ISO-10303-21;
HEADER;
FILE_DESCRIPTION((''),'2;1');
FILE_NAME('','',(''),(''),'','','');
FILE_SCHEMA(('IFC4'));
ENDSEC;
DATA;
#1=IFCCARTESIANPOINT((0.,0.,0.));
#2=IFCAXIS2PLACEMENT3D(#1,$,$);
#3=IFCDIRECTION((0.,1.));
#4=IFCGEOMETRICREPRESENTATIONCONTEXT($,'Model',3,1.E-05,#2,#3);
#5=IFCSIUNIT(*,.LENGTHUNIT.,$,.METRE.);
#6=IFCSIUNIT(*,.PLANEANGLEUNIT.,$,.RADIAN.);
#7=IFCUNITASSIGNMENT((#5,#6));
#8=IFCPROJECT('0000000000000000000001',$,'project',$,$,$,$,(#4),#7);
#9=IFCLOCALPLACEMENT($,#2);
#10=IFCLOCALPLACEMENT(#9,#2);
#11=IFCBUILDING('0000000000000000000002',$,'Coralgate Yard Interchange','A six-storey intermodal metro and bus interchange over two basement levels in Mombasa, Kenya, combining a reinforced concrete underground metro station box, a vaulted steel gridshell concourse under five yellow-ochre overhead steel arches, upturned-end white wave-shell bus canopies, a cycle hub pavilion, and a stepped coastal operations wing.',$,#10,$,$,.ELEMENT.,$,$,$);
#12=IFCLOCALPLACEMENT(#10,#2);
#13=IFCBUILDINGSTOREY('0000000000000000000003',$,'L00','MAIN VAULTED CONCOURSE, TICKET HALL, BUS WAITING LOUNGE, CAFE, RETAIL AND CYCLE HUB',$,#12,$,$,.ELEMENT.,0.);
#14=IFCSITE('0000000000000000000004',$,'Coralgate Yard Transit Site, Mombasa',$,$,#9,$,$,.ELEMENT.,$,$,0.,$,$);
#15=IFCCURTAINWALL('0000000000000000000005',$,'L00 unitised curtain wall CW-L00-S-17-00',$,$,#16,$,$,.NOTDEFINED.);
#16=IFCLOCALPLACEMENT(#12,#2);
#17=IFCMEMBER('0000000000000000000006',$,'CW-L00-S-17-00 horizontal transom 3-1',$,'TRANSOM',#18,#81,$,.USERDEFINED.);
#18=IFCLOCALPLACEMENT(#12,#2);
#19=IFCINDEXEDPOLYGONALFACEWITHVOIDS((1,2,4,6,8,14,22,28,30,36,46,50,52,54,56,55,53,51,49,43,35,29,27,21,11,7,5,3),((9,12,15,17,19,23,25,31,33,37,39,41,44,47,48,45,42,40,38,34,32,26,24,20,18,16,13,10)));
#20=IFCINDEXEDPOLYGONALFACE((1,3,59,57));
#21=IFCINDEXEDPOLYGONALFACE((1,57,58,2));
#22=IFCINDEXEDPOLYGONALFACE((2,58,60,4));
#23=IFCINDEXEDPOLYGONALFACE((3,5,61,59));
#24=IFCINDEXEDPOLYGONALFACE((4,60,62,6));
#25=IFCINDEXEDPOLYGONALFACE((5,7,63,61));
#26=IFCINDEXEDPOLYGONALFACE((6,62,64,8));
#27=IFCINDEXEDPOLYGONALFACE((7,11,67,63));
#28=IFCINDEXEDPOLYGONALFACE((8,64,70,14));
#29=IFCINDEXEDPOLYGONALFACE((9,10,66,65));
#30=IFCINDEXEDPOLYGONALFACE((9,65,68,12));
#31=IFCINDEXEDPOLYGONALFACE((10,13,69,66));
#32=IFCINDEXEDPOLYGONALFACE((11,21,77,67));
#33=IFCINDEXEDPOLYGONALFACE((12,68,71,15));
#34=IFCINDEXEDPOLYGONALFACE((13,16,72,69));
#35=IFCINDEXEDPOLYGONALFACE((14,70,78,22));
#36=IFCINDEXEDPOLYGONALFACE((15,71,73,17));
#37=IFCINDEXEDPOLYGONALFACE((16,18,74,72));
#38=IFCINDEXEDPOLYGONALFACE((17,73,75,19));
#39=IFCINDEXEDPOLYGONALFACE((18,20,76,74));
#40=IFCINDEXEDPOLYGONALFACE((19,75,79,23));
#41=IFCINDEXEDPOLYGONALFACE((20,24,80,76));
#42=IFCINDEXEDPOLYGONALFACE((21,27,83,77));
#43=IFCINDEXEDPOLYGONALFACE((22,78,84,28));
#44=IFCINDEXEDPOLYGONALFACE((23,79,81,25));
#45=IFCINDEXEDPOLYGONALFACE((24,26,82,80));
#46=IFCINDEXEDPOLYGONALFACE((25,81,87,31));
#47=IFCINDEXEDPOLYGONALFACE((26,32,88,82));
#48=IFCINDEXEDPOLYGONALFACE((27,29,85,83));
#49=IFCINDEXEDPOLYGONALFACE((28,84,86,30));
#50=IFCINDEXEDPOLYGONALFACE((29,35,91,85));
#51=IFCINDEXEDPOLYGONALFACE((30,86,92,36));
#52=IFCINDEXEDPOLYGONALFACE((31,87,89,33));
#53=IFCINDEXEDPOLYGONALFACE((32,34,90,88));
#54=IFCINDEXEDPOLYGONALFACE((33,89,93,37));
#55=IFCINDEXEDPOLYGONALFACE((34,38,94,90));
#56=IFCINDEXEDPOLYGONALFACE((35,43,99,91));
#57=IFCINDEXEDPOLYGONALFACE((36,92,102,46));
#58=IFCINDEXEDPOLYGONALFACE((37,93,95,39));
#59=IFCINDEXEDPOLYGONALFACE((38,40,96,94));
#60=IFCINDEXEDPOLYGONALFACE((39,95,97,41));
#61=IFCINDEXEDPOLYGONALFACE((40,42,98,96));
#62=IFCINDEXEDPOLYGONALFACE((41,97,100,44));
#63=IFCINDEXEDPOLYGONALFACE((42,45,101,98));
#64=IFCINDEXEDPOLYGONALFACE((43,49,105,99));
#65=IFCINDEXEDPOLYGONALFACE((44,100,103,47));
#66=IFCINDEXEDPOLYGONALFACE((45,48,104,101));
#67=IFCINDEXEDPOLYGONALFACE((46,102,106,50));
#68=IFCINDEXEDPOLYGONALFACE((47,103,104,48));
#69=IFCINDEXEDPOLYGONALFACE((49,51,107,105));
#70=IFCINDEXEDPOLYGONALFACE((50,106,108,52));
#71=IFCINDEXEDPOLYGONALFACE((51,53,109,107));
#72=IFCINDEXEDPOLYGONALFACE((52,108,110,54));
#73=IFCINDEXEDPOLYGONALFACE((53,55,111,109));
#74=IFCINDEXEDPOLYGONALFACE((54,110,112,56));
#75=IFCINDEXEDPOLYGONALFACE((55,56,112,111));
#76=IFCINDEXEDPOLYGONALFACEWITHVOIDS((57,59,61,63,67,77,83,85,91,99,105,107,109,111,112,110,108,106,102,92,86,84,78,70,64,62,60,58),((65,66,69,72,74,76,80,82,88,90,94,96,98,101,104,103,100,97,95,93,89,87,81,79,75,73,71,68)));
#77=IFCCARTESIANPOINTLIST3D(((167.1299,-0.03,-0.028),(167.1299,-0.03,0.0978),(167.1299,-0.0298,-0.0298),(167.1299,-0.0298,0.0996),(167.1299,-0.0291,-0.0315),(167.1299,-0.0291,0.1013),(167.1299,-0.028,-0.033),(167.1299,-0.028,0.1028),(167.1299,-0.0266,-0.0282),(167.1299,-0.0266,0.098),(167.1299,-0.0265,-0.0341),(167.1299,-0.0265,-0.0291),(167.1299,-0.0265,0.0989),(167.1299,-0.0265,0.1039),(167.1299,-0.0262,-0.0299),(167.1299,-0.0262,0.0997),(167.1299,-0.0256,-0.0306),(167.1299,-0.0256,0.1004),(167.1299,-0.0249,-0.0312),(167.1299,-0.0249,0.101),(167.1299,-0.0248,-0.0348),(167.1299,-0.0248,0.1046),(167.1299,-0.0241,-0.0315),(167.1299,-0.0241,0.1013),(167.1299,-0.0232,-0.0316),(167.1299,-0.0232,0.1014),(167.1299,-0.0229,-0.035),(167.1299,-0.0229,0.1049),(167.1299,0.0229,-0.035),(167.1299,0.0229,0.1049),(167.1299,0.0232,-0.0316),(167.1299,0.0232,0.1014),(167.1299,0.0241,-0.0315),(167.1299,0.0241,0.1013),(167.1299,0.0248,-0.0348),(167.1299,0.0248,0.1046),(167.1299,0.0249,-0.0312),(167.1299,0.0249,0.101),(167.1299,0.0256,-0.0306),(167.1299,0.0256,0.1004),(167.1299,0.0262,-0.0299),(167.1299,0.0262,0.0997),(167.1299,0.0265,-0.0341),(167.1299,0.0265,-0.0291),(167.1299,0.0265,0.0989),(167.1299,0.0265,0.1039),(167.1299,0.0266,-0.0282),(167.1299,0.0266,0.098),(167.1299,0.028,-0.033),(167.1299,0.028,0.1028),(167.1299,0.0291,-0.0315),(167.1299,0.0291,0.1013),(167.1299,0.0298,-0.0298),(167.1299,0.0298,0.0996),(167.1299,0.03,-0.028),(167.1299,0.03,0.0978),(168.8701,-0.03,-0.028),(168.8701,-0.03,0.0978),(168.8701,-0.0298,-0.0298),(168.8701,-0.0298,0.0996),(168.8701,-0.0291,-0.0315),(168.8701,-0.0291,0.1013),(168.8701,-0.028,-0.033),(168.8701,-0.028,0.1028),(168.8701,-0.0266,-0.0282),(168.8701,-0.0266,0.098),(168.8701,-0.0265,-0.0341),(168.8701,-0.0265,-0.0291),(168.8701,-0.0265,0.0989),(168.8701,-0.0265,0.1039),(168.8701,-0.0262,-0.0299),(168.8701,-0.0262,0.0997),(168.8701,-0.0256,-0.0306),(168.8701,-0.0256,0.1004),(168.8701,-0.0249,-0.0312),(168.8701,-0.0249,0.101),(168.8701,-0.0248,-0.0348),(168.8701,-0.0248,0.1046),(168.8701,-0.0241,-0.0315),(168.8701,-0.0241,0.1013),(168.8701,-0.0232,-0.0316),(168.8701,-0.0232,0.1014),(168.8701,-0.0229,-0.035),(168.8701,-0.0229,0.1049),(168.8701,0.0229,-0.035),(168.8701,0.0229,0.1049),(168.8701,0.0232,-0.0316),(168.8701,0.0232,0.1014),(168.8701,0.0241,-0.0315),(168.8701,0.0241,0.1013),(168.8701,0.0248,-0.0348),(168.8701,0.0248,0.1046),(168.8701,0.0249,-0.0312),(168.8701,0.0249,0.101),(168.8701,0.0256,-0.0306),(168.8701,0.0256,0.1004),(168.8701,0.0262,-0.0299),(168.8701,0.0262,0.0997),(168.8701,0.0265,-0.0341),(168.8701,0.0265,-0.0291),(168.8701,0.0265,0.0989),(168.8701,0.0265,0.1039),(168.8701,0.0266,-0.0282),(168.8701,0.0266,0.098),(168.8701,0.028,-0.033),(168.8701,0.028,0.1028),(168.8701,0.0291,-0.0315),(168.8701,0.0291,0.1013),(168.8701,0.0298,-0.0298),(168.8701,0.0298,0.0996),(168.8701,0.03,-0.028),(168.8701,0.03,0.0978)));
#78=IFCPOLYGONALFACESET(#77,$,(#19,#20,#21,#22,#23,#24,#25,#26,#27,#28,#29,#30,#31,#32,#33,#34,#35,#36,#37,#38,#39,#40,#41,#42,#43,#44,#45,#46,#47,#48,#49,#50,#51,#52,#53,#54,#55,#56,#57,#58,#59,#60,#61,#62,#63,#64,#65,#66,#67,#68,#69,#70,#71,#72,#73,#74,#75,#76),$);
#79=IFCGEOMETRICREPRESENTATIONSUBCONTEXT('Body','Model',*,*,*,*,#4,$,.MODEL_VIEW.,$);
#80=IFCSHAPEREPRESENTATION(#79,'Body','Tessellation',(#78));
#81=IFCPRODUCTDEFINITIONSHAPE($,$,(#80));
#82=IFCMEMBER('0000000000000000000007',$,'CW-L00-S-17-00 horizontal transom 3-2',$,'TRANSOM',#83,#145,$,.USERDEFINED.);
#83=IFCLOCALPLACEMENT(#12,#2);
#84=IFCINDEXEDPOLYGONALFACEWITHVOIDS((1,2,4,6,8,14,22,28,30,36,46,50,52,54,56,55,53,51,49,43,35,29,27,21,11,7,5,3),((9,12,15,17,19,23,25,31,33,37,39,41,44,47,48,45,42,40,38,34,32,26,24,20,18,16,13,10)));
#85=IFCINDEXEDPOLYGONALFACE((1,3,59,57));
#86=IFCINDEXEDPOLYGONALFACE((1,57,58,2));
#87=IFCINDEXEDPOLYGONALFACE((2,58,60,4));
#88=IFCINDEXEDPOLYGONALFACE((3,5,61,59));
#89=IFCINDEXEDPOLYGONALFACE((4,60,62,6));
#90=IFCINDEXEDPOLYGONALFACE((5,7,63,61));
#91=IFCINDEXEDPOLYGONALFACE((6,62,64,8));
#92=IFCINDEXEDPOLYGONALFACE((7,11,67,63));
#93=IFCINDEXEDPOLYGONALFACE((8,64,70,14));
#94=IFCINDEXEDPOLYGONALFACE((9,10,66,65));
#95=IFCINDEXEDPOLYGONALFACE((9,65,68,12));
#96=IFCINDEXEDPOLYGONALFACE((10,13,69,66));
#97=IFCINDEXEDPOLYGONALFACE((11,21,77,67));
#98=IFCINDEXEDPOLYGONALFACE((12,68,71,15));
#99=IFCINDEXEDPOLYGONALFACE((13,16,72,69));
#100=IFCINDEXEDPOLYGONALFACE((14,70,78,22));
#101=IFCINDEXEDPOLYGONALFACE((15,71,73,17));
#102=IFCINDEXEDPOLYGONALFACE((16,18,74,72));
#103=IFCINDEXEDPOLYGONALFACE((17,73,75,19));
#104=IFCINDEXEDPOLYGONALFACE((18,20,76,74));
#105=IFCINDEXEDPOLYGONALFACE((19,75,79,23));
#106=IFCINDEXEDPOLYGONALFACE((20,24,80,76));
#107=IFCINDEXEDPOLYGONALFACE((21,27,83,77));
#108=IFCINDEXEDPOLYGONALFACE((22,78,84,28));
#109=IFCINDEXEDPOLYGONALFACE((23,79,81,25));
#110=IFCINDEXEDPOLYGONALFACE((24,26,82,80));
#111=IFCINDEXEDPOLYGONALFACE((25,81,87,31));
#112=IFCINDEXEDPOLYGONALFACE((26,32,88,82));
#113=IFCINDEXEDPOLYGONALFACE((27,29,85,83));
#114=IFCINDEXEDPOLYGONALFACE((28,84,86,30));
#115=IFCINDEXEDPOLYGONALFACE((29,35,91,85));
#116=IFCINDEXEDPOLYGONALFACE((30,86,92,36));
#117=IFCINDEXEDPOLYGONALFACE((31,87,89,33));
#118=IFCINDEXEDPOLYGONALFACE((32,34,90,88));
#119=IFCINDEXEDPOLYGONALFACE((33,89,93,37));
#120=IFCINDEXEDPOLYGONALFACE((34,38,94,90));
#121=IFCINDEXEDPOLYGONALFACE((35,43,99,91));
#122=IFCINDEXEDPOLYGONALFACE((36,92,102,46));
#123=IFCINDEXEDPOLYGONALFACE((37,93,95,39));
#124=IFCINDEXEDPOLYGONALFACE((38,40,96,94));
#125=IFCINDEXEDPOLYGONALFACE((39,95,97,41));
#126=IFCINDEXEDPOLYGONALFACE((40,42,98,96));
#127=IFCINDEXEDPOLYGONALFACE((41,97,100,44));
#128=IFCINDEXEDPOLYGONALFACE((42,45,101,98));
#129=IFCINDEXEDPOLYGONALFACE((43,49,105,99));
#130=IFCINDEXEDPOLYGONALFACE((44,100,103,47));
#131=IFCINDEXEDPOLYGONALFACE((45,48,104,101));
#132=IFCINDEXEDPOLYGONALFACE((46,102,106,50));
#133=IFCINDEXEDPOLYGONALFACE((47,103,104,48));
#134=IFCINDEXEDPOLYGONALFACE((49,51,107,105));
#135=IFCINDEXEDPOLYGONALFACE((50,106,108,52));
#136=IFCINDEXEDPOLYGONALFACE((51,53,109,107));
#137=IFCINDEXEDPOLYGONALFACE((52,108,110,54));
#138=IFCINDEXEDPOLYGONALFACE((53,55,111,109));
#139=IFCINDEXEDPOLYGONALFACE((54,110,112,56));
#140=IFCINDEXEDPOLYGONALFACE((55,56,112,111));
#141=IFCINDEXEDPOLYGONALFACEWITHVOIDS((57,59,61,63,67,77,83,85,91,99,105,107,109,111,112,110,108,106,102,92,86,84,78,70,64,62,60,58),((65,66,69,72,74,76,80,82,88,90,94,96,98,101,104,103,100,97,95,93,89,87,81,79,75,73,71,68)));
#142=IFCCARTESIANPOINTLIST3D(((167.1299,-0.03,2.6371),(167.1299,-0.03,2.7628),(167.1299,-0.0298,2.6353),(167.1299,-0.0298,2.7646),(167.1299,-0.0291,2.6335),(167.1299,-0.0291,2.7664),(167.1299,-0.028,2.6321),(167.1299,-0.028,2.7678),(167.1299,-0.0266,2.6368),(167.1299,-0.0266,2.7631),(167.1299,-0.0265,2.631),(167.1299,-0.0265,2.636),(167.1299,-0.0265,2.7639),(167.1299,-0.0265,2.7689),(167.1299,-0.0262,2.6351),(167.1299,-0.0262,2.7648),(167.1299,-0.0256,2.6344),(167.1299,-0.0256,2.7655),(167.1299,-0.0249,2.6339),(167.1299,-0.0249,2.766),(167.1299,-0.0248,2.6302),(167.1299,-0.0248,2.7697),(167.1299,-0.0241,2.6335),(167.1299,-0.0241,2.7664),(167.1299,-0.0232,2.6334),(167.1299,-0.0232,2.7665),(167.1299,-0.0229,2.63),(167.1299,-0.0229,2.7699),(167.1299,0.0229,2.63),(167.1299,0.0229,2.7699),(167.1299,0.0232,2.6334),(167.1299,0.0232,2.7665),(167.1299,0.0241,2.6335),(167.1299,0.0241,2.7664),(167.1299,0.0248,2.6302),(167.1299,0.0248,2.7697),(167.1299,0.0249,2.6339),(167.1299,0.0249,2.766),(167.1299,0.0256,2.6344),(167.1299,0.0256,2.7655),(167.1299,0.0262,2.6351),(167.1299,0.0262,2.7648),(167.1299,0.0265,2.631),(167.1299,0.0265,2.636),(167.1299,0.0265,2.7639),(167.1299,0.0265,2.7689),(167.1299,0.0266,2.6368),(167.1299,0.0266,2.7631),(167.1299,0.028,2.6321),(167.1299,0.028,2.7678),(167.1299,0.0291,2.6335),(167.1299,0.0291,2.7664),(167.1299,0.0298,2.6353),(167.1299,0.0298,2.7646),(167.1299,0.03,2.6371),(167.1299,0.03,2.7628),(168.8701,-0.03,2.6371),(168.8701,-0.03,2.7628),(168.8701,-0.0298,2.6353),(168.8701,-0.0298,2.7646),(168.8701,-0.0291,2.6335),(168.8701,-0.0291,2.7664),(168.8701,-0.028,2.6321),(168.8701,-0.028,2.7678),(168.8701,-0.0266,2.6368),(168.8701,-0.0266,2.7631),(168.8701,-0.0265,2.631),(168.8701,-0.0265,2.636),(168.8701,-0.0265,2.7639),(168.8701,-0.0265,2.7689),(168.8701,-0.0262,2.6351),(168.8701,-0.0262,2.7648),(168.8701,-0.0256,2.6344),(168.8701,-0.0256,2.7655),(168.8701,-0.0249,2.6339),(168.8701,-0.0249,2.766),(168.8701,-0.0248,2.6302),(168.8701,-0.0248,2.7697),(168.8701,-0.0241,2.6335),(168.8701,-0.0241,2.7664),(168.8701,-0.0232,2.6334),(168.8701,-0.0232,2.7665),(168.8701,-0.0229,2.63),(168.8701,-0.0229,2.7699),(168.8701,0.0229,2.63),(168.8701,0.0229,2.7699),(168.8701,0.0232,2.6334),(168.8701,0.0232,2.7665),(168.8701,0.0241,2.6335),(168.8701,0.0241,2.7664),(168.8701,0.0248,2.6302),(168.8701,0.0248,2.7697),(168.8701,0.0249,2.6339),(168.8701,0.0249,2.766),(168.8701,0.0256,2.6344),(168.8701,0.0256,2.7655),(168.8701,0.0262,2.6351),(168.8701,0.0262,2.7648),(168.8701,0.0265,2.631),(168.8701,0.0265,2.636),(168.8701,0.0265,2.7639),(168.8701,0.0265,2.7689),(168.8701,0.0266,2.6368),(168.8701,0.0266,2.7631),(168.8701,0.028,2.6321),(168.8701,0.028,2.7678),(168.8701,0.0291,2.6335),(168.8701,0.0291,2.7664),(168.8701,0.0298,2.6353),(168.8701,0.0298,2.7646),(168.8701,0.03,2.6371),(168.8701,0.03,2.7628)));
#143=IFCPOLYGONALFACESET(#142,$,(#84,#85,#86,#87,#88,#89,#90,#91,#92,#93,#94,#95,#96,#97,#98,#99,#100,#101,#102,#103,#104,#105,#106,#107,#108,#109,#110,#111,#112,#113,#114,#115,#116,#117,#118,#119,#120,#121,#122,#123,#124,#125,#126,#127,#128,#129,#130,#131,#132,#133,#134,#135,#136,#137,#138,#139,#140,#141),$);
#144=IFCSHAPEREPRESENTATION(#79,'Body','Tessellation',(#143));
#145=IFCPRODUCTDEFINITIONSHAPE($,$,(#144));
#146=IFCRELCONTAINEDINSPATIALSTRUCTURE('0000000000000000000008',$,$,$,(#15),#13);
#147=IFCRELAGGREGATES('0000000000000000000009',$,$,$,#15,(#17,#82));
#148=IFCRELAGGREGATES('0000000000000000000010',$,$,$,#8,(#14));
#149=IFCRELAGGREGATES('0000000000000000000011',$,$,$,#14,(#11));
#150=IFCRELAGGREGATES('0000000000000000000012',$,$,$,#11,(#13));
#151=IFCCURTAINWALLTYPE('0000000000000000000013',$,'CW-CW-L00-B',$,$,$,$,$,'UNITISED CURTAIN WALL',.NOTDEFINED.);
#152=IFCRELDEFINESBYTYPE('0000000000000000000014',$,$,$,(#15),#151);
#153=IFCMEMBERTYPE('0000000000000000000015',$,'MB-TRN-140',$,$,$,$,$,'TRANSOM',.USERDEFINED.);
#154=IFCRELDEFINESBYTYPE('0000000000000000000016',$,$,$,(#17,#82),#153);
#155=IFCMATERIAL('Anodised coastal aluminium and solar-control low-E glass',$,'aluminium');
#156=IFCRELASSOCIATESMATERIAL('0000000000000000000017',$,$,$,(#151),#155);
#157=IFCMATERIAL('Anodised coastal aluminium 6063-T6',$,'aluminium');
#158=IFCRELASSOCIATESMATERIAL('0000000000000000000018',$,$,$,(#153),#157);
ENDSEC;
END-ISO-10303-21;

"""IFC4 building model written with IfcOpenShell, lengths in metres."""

from ifc_helpers import new_model, si_unit, direction, frame, origin, origin_2d, place, context, subcontext, project, spatial, hollow_rectangle, extrude, material, material_profile, profile_set, type_object, element, aggregate, save


model = new_model("IFC4")

# Units and contexts
model_context = context("Model", 3, precision=1e-05, world=origin(), true_north=direction((0.0, 1.0)))
body_context = subcontext(model_context, "Body", "Model", "MODEL_VIEW")
ifc_project = project(units=[si_unit("LENGTHUNIT", "METRE"), si_unit("PLANEANGLEUNIT", "RADIAN")], contexts=[model_context])

# Site, building, storey
site_placement = place(None, origin())
site = spatial("IfcSite", under=ifc_project, at=site_placement, Name="Coralgate Yard Transit Site, Mombasa", CompositionType="ELEMENT", RefElevation=0.0)
building_placement = place(site_placement, origin())
building = spatial("IfcBuilding", under=site, at=building_placement, Name="Coralgate Yard Interchange", Description="A six-storey intermodal metro and bus interchange over two basement levels in Mombasa, Kenya, combining a reinforced concrete underground metro station box, a vaulted steel gridshell concourse under five yellow-ochre overhead steel arches, upturned-end white wave-shell bus canopies, a cycle hub pavilion, and a stepped coastal operations wing.", CompositionType="ELEMENT")
storey_placement = place(building_placement, origin())
storey = spatial("IfcBuildingStorey", under=building, at=storey_placement, Name="L00", Description="MAIN VAULTED CONCOURSE, TICKET HALL, BUS WAITING LOUNGE, CAFE, RETAIL AND CYCLE HUB", CompositionType="ELEMENT", Elevation=0.0)

# Curtain wall, members
ifc_material_1 = material(Name="Anodised coastal aluminium and solar-control low-E glass", Category="aluminium")
curtain_wall_type = type_object("IfcCurtainWallType", Name="CW-CW-L00-B", ElementType="UNITISED CURTAIN WALL", PredefinedType="NOTDEFINED", material=ifc_material_1)
curtain_wall_placement = place(storey_placement, origin())
curtain_wall = element("IfcCurtainWall", 1, at=curtain_wall_placement, inside=storey, type_object=curtain_wall_type, Name="L00 unitised curtain wall CW-L00-S-17-00", PredefinedType="NOTDEFINED")
ifc_material_2 = material(Name="Anodised coastal aluminium 6063-T6", Category="aluminium")
ifc_material_profile_1 = material_profile(ifc_material_2, hollow_rectangle(XDim=0.0601, YDim=0.1399, WallThickness=0.0034, InnerFilletRadius=0.0034, OuterFilletRadius=0.0071, at=origin_2d()), Name="ALU 60x140x3.5")
ifc_profile_set_1 = profile_set([ifc_material_profile_1], Name="Anodised coastal aluminium 6063-T6")
member_type_1 = type_object("IfcMemberType", Name="MB-TRN-140", ElementType="TRANSOM", PredefinedType="USERDEFINED", material=ifc_profile_set_1)
member_1_placement = place(storey_placement, frame((168.8701, 0.0, 0.0349), z_axis=(-1.0, 0.0, 0.0), x_axis=(0.0, -1.0, 0.0)))
member_1 = element("IfcMember", 2, at=member_1_placement, type_object=member_type_1, Name="CW-L00-S-17-00 horizontal transom 3-1", ObjectType="TRANSOM", PredefinedType="USERDEFINED", context=body_context, shape_type="SweptSolid", body=[
    extrude(hollow_rectangle(XDim=0.0601, YDim=0.1399, WallThickness=0.0034, InnerFilletRadius=0.0034, OuterFilletRadius=0.0071, at=origin_2d()), origin(), (0.0, 0.0, 1.0), 1.7402),
])
member_2_placement = place(storey_placement, frame((168.8701, 0.0, 2.7), z_axis=(-1.0, 0.0, 0.0), x_axis=(0.0, -1.0, 0.0)))
member_2 = element("IfcMember", 3, at=member_2_placement, type_object=member_type_1, Name="CW-L00-S-17-00 horizontal transom 3-2", ObjectType="TRANSOM", PredefinedType="USERDEFINED", context=body_context, shape_type="SweptSolid", body=[
    extrude(hollow_rectangle(XDim=0.0601, YDim=0.1399, WallThickness=0.0034, InnerFilletRadius=0.0034, OuterFilletRadius=0.0071, at=origin_2d()), origin(), (0.0, 0.0, 1.0), 1.7402),
])
aggregate(curtain_wall, [member_1, member_2])

save(model, "model.ifc")
